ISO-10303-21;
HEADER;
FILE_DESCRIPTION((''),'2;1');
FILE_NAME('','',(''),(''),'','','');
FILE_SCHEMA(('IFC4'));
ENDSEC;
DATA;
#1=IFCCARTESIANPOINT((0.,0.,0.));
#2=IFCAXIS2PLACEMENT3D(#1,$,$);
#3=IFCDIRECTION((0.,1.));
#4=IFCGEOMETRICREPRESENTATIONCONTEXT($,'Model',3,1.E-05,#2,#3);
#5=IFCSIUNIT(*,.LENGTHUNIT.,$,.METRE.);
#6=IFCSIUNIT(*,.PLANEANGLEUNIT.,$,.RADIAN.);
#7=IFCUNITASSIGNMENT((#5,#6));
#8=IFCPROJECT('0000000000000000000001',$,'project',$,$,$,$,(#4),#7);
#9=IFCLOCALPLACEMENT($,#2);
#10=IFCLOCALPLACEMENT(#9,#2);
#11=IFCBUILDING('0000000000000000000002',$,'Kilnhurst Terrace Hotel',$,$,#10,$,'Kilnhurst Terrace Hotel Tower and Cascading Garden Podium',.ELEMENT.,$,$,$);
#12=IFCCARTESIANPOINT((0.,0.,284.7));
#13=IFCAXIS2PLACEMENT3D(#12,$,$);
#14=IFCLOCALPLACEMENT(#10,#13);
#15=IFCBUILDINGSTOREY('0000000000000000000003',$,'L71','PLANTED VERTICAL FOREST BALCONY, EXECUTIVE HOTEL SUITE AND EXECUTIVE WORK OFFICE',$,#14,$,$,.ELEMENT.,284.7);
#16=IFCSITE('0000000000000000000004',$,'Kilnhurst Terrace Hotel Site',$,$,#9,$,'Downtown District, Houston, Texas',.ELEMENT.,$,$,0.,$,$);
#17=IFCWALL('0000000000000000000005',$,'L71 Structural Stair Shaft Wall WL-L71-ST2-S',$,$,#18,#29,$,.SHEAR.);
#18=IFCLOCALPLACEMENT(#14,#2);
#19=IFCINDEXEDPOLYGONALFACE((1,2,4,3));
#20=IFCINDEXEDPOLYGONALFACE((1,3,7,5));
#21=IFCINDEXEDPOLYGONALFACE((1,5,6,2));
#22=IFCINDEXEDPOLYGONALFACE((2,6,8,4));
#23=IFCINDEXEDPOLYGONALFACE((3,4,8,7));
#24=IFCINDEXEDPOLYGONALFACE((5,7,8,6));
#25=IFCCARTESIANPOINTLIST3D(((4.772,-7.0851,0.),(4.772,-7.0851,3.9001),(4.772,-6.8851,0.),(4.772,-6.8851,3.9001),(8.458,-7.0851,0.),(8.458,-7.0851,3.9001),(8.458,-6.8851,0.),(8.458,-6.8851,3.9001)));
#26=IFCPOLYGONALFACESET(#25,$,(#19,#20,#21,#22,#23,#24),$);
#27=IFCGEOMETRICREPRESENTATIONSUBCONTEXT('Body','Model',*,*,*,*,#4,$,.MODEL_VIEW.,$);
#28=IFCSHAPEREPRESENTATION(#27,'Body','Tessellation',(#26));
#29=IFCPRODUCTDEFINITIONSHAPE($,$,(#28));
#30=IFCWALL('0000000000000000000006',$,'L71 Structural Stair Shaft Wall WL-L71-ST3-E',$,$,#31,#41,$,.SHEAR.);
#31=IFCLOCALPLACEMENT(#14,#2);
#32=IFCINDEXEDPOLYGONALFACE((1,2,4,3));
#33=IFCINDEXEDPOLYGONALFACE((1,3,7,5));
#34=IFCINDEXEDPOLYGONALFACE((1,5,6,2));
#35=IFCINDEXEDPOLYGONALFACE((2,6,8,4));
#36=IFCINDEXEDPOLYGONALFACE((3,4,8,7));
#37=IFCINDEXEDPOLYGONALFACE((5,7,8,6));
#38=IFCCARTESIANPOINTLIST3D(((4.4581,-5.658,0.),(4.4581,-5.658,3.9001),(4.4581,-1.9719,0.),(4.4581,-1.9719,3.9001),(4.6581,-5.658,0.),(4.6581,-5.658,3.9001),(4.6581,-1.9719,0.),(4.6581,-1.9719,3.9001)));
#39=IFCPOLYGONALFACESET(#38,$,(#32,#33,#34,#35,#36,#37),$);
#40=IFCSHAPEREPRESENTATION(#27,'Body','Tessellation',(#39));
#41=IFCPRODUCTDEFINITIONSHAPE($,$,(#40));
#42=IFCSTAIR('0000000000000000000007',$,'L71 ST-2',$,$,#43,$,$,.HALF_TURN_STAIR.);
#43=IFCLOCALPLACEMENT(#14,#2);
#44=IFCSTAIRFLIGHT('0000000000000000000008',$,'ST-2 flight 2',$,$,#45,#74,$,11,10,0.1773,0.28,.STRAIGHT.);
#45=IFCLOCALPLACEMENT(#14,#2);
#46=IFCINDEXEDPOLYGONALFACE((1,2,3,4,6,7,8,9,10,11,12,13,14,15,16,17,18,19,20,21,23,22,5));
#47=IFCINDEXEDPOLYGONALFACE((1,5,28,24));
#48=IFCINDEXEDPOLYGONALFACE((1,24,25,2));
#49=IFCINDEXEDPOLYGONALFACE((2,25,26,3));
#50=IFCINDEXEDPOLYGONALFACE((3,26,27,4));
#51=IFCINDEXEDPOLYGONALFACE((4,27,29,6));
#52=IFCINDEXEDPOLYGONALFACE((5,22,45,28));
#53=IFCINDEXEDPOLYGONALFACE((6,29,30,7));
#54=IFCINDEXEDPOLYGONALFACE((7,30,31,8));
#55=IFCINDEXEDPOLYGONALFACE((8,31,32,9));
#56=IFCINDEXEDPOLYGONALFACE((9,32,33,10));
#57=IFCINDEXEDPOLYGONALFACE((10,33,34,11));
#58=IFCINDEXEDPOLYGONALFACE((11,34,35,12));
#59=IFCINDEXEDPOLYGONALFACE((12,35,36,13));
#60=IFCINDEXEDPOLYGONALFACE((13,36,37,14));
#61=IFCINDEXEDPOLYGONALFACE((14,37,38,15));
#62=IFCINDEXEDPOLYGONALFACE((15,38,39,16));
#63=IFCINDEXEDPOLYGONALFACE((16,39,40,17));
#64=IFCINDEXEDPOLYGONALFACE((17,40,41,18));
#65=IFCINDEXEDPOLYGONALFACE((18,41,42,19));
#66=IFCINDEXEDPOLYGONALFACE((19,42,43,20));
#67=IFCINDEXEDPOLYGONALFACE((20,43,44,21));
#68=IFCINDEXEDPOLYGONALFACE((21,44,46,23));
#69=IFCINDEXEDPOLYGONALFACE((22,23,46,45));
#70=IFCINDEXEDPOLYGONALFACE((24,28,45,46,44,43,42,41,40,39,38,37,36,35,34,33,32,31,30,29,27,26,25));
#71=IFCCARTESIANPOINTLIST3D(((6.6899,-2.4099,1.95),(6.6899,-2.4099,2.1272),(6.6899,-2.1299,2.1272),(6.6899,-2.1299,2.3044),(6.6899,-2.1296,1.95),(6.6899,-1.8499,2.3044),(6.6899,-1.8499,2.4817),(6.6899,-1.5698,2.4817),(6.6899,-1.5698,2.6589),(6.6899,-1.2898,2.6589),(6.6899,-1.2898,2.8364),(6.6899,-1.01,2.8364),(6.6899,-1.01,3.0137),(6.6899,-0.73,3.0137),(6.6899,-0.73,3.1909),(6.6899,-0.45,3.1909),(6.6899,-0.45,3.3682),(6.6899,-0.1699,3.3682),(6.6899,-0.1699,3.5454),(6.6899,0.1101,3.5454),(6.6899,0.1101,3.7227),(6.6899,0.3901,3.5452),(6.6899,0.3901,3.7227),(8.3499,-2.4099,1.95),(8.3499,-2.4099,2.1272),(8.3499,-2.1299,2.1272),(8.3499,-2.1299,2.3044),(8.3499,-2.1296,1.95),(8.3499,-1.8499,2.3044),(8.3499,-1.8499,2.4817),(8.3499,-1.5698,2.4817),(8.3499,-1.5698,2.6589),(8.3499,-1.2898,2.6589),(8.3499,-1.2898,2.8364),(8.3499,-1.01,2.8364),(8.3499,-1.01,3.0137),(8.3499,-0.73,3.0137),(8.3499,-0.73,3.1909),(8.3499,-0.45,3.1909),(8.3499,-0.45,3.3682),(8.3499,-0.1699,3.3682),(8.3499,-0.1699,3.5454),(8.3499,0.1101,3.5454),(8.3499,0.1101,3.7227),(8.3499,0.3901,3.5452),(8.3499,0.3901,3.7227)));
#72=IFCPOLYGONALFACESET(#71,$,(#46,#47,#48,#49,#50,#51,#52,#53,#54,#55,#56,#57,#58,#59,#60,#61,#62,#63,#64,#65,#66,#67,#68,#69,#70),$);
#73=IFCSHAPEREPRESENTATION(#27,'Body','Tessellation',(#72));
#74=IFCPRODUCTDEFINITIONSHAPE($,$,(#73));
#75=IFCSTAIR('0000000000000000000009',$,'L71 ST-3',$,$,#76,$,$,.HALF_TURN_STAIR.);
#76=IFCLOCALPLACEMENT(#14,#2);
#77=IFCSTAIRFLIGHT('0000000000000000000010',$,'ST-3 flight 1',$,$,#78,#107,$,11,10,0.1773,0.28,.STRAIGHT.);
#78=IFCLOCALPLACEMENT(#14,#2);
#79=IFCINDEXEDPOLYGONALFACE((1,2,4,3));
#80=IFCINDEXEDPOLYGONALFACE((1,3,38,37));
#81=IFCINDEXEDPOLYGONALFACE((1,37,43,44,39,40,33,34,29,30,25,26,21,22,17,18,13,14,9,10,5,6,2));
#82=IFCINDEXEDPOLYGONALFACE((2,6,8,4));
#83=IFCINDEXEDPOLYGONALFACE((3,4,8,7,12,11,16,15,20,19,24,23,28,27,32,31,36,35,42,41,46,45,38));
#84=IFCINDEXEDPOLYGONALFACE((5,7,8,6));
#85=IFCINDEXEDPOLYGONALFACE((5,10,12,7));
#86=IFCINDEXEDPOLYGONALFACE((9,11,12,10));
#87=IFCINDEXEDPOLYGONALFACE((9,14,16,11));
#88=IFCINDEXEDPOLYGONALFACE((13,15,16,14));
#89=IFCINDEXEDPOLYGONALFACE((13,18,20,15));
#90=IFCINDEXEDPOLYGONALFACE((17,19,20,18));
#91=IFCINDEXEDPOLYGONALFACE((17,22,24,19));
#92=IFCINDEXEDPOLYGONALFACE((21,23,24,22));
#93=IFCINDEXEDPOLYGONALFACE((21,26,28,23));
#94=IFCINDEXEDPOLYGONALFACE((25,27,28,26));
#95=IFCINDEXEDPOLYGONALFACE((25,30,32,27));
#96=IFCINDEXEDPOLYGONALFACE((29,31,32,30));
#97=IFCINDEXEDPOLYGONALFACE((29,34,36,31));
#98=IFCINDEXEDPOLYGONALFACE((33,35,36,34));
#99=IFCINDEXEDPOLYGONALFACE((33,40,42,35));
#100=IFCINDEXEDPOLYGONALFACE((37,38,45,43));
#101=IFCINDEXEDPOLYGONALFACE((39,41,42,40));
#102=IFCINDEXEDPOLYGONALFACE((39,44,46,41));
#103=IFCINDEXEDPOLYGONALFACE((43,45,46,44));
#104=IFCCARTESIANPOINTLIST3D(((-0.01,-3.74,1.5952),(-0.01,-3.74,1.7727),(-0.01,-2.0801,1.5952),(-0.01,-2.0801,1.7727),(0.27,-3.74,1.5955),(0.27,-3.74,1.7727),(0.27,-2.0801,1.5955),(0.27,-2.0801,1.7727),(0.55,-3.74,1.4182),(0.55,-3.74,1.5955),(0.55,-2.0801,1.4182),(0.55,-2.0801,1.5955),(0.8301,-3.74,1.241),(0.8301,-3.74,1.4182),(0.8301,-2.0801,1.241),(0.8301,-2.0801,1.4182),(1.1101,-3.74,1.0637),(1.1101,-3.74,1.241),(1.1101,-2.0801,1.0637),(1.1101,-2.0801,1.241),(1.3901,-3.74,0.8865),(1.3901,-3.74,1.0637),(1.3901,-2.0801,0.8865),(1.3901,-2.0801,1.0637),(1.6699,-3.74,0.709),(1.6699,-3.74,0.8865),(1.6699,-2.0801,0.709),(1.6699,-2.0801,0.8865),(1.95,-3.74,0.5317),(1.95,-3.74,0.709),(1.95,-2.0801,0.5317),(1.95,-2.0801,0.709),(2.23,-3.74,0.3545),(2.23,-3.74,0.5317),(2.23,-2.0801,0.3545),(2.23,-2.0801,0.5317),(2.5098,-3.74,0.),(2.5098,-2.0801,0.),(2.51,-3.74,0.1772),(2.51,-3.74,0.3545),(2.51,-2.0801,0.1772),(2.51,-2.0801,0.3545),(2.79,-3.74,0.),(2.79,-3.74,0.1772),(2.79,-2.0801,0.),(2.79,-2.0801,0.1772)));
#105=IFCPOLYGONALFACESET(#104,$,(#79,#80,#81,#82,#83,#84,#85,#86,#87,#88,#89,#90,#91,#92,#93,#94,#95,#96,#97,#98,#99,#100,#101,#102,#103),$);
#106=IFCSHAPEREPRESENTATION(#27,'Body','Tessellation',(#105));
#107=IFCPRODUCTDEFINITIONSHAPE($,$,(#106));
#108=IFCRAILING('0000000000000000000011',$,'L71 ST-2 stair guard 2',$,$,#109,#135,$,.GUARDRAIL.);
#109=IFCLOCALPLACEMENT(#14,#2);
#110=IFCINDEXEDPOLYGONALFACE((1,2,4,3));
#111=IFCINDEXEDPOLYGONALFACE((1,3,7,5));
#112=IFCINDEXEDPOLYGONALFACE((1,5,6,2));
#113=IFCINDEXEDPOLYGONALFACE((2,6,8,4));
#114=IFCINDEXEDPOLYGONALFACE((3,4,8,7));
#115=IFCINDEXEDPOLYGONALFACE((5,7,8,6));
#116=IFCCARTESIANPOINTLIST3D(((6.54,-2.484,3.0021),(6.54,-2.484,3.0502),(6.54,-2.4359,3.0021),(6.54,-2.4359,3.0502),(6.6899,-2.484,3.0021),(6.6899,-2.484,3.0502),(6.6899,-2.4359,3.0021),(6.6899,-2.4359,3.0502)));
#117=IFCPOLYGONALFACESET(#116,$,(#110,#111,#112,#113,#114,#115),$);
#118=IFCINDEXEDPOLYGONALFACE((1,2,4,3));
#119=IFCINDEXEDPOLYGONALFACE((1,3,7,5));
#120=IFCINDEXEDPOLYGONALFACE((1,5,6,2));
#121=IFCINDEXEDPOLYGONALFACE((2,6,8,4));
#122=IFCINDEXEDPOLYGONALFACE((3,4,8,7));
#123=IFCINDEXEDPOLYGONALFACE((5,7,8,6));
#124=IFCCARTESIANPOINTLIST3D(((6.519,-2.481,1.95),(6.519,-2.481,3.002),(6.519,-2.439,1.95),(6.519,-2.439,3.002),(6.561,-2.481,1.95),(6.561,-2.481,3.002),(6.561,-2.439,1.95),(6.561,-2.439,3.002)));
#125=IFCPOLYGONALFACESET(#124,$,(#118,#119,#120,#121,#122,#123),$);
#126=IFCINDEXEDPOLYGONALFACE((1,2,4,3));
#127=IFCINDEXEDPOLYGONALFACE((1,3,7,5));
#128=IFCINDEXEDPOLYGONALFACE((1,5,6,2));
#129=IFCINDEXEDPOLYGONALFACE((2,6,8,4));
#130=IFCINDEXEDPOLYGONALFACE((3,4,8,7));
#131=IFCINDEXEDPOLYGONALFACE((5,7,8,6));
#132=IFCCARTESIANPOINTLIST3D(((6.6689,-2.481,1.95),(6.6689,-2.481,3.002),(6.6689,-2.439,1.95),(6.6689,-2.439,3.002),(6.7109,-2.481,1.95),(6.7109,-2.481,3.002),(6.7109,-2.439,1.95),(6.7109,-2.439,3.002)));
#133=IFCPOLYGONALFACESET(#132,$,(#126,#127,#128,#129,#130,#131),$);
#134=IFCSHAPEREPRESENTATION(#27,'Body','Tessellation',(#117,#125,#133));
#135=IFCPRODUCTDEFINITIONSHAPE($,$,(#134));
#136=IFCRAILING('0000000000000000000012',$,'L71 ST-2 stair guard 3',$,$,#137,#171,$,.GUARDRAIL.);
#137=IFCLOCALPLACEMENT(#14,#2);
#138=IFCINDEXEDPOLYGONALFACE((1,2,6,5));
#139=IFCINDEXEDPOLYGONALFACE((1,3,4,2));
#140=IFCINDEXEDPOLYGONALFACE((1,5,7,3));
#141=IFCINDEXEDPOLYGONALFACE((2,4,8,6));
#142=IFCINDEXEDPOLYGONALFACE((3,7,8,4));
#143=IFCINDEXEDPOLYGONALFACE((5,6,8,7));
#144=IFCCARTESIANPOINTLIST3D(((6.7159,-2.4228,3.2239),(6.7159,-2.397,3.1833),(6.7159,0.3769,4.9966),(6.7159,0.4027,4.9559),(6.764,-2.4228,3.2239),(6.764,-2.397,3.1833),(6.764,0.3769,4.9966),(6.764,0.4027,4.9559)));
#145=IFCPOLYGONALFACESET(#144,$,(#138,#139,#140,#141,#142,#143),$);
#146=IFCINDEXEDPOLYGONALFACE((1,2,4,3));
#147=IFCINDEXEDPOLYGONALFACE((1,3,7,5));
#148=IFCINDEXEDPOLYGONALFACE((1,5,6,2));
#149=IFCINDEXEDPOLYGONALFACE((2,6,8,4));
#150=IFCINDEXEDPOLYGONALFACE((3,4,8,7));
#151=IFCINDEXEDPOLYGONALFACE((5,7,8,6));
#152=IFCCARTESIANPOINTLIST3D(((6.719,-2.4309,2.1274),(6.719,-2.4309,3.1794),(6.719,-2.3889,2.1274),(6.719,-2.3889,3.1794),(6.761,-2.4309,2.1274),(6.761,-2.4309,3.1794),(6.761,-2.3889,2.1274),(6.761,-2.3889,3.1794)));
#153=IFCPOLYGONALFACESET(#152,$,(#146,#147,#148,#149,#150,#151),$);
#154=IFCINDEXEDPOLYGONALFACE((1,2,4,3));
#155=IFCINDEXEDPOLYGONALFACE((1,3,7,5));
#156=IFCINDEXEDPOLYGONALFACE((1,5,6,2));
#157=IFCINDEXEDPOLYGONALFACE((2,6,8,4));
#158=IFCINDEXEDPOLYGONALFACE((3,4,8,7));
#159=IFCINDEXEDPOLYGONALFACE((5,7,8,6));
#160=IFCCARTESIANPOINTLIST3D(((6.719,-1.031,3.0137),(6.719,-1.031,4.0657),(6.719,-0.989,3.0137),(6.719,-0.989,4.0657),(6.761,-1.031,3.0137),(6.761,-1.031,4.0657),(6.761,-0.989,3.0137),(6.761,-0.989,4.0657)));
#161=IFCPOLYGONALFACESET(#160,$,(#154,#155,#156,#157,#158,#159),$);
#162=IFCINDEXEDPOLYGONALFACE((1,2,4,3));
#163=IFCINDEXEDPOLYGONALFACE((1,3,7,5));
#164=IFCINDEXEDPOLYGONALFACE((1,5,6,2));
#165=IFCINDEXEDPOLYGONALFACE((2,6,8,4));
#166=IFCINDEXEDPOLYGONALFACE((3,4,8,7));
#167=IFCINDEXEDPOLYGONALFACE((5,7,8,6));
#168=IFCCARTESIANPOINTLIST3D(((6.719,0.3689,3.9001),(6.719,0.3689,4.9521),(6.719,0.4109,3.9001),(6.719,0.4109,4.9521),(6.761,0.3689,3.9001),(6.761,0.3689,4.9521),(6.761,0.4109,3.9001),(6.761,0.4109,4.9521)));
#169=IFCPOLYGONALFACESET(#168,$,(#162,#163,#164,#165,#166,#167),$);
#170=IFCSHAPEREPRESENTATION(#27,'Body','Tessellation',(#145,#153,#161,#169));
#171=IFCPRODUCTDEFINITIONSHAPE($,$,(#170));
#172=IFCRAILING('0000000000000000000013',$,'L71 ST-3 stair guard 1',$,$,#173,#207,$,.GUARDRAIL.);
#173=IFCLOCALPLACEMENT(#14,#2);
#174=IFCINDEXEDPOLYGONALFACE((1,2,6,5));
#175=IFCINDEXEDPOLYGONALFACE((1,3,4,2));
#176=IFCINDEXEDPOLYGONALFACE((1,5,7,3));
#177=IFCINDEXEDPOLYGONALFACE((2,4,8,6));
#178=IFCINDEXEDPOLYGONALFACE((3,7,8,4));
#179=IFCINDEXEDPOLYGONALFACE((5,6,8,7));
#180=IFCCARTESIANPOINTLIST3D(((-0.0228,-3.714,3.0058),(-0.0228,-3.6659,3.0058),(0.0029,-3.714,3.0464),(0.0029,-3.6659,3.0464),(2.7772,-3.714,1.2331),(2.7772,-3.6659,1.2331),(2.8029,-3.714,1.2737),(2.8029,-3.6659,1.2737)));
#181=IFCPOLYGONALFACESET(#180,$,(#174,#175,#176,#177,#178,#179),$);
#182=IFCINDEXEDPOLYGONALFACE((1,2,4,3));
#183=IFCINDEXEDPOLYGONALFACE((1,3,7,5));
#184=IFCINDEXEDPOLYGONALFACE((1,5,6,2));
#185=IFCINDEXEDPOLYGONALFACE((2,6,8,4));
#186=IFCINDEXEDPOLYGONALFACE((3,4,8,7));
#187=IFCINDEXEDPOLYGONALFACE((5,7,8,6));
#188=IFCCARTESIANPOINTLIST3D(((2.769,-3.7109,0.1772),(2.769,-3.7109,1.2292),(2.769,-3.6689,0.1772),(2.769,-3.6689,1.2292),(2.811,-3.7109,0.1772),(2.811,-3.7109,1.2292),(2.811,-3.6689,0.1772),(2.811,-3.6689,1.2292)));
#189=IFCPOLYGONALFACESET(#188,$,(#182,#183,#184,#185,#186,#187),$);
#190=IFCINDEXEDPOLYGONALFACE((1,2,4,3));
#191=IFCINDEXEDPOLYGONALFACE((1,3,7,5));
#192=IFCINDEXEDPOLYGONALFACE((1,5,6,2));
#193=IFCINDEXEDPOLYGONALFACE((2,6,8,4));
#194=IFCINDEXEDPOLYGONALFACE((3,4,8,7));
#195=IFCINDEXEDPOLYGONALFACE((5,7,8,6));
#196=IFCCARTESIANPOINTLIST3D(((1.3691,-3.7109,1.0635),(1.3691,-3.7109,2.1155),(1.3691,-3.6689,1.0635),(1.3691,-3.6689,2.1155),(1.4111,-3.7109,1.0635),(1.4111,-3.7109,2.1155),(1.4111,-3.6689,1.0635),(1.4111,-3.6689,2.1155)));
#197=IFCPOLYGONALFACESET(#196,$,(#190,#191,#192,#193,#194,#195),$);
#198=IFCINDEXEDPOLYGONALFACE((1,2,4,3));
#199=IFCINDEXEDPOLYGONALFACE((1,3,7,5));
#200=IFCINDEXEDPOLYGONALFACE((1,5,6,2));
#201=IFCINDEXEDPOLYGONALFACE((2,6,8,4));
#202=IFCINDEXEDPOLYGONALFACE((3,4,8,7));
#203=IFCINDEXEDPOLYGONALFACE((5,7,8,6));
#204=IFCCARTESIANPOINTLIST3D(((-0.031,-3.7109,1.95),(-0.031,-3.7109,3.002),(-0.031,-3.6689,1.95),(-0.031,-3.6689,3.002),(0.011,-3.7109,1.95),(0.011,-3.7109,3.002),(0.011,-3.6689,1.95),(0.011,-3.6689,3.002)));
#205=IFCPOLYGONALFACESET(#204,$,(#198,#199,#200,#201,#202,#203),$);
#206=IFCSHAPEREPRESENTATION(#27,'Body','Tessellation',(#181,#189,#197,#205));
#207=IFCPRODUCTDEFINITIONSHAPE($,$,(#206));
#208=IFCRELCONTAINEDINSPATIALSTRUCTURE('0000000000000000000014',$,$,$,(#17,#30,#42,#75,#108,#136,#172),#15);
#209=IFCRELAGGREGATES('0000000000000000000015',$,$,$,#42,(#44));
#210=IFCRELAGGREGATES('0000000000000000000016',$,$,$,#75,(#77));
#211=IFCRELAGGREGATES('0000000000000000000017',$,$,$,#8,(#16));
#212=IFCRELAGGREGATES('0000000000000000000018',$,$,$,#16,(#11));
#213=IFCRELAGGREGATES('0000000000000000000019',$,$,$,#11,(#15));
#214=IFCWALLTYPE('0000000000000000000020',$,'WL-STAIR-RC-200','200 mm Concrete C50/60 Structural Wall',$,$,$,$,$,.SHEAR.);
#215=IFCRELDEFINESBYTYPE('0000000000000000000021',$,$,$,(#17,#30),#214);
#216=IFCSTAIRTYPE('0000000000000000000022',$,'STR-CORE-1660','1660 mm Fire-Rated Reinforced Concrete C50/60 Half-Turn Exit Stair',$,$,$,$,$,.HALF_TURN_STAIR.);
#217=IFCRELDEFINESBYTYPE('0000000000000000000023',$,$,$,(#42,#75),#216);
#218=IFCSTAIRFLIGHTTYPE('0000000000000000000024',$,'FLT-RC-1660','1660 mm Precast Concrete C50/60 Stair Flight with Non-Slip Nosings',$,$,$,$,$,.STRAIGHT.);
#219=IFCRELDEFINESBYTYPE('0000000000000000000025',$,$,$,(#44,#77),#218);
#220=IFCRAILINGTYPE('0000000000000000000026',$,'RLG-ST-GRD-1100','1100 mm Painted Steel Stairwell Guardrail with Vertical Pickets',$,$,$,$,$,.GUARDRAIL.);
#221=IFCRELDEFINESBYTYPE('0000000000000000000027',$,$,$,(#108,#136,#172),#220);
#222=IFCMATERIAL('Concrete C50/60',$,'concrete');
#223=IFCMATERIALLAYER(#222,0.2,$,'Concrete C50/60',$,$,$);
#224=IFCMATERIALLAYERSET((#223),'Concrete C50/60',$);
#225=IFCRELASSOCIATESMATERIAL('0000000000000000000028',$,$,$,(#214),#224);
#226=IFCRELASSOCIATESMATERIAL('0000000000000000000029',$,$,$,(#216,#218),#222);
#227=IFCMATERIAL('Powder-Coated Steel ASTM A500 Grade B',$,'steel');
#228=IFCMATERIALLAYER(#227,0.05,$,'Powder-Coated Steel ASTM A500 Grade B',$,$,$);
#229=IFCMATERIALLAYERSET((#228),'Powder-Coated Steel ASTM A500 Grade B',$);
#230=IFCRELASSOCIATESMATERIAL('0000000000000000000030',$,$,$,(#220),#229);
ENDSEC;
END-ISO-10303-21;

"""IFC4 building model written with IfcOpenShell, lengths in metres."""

from ifc_helpers import new_model, si_unit, direction, frame, frame_2d, origin, origin_2d, place, context, subcontext, project, spatial, polyline, rectangle, outline, extrude, material, layer, layer_set, type_object, element, aggregate, save


model = new_model("IFC4")

# Units and contexts
model_context = context("Model", 3, precision=1e-05, world=origin(), true_north=direction((0.0, 1.0)))
body_context = subcontext(model_context, "Body", "Model", "MODEL_VIEW")
ifc_project = project(units=[si_unit("LENGTHUNIT", "METRE"), si_unit("PLANEANGLEUNIT", "RADIAN")], contexts=[model_context])

# Site, building, storey
site_placement = place(None, origin())
site = spatial("IfcSite", under=ifc_project, at=site_placement, Name="Kilnhurst Terrace Hotel Site", LongName="Downtown District, Houston, Texas", CompositionType="ELEMENT", RefElevation=0.0)
building_placement = place(site_placement, origin())
building = spatial("IfcBuilding", under=site, at=building_placement, Name="Kilnhurst Terrace Hotel", LongName="Kilnhurst Terrace Hotel Tower and Cascading Garden Podium", CompositionType="ELEMENT")
storey_placement = place(building_placement, frame((0.0, 0.0, 284.7)))
storey = spatial("IfcBuildingStorey", under=building, at=storey_placement, Name="L71", Description="PLANTED VERTICAL FOREST BALCONY, EXECUTIVE HOTEL SUITE AND EXECUTIVE WORK OFFICE", CompositionType="ELEMENT", Elevation=284.7)

# Shared definitions
ifc_material_1 = material(Name="Concrete C50/60", Category="concrete")

# Walls
ifc_layer_1 = layer(ifc_material_1, 0.2, Name="Concrete C50/60")
ifc_layer_set_1 = layer_set([ifc_layer_1], Name="Concrete C50/60")
wall_type_1 = type_object("IfcWallType", Name="WL-STAIR-RC-200", Description="200 mm Concrete C50/60 Structural Wall", PredefinedType="SHEAR", material=ifc_layer_set_1)
for number, where, z_axis, x_axis, name in (
    (1, (4.772, -6.9851, 0.0), (0.0, 0.0, 1.0), (1.0, 0.0, 0.0), "L71 Structural Stair Shaft Wall WL-L71-ST2-S"),
    (2, (4.5581, -5.658, 0.0), (0.0, 0.0, 1.0), (0.0, 1.0, 0.0), "L71 Structural Stair Shaft Wall WL-L71-ST3-E"),
):
    element("IfcWall", number, at=place(storey_placement, frame(where, z_axis=z_axis, x_axis=x_axis)), inside=storey, type_object=wall_type_1, Name=name, PredefinedType="SHEAR", context=body_context, shape_type="SweptSolid", body=[
        extrude(rectangle(XDim=3.686, YDim=0.2, at=frame_2d((1.843, 0.0))), origin(), (0.0, 0.0, 1.0), 3.9001),
    ])

# Stairs, stair flights
stair_type = type_object("IfcStairType", Name="STR-CORE-1660", Description="1660 mm Fire-Rated Reinforced Concrete C50/60 Half-Turn Exit Stair", PredefinedType="HALF_TURN_STAIR", material=ifc_material_1)
stair_1_placement = place(storey_placement, origin())
stair_1 = element("IfcStair", 3, at=stair_1_placement, inside=storey, type_object=stair_type, Name="L71 ST-2", PredefinedType="HALF_TURN_STAIR")
stair_flight_type = type_object("IfcStairFlightType", Name="FLT-RC-1660", Description="1660 mm Precast Concrete C50/60 Stair Flight with Non-Slip Nosings", PredefinedType="STRAIGHT", material=ifc_material_1)
stair_flight_1_placement = place(storey_placement, frame((7.52, -2.4099, 1.95), z_axis=(0.0, 0.0, 1.0), x_axis=(0.0, 1.0, 0.0)))
stair_flight_1 = element("IfcStairFlight", 4, at=stair_flight_1_placement, type_object=stair_flight_type, Name="ST-2 flight 2", NumberOfRisers=11, NumberOfTreads=10, PredefinedType="STRAIGHT", RiserHeight=0.1773, TreadLength=0.28, context=body_context, shape_type="SweptSolid", body=[
    extrude(outline(polyline([(0.0, 0.0), (0.0, 0.1772), (0.28, 0.1772), (0.28, 0.3545), (0.5601, 0.3545), (0.5601, 0.5317), (0.8401, 0.5317), (0.8401, 0.709), (1.1201, 0.709), (1.1201, 0.8865), (1.3999, 0.8865), (1.3999, 1.0637), (1.6799, 1.0637), (1.6799, 1.241), (1.96, 1.241), (1.96, 1.4182), (2.24, 1.4182), (2.24, 1.5955), (2.52, 1.5955), (2.52, 1.7727), (2.8, 1.7727), (2.8, 1.95), (2.8, 1.5952), (0.2803, 0.0), (0.0, 0.0)])), frame((0.0, 0.8301, 0.0), z_axis=(0.0, -1.0, 0.0), x_axis=(1.0, 0.0, 0.0)), (0.0, 0.0, 1.0), 1.6599),
])
aggregate(stair_1, [stair_flight_1])
stair_2_placement = place(storey_placement, origin())
stair_2 = element("IfcStair", 5, at=stair_2_placement, inside=storey, type_object=stair_type, Name="L71 ST-3", PredefinedType="HALF_TURN_STAIR")
stair_flight_2_placement = place(storey_placement, frame((2.79, -2.9099, 0.0), z_axis=(0.0, 0.0, 1.0), x_axis=(-1.0, 0.0, 0.0)))
stair_flight_2 = element("IfcStairFlight", 6, at=stair_flight_2_placement, type_object=stair_flight_type, Name="ST-3 flight 1", NumberOfRisers=11, NumberOfTreads=10, PredefinedType="STRAIGHT", RiserHeight=0.1773, TreadLength=0.28, context=body_context, shape_type="SweptSolid", body=[
    extrude(outline(polyline([(0.0, 0.0), (0.0, 0.1772), (0.28, 0.1772), (0.28, 0.3545), (0.5601, 0.3545), (0.5601, 0.5317), (0.8401, 0.5317), (0.8401, 0.709), (1.1201, 0.709), (1.1201, 0.8865), (1.3999, 0.8865), (1.3999, 1.0637), (1.6799, 1.0637), (1.6799, 1.241), (1.96, 1.241), (1.96, 1.4182), (2.24, 1.4182), (2.24, 1.5955), (2.52, 1.5955), (2.52, 1.7727), (2.8, 1.7727), (2.8, 1.95), (2.8, 1.5952), (0.2803, 0.0), (0.0, 0.0)])), frame((0.0, 0.8301, 0.0), z_axis=(0.0, -1.0, 0.0), x_axis=(1.0, 0.0, 0.0)), (0.0, 0.0, 1.0), 1.6599),
])
aggregate(stair_2, [stair_flight_2])

# Railings
ifc_material_2 = material(Name="Powder-Coated Steel ASTM A500 Grade B", Category="steel")
ifc_layer_2 = layer(ifc_material_2, 0.05, Name="Powder-Coated Steel ASTM A500 Grade B")
ifc_layer_set_2 = layer_set([ifc_layer_2], Name="Powder-Coated Steel ASTM A500 Grade B")
railing_type_1 = type_object("IfcRailingType", Name="RLG-ST-GRD-1100", Description="1100 mm Painted Steel Stairwell Guardrail with Vertical Pickets", PredefinedType="GUARDRAIL", material=ifc_layer_set_2)
railing_1_placement = place(storey_placement, frame((6.54, -2.46, 1.95)))
element("IfcRailing", 7, at=railing_1_placement, inside=storey, type_object=railing_type_1, Name="L71 ST-2 stair guard 2", PredefinedType="GUARDRAIL", context=body_context, shape_type="SweptSolid", body=[
    extrude(rectangle(XDim=0.0481, YDim=0.0481, at=origin_2d()), frame((0.0, 0.0, 1.0762), z_axis=(1.0, 0.0, 0.0), x_axis=(0.0, 1.0, 0.0)), (0.0, 0.0, 1.0), 0.1499),
    extrude(rectangle(XDim=0.042, YDim=0.042, at=origin_2d()), origin(), (0.0, 0.0, 1.0), 1.052),
    extrude(rectangle(XDim=0.042, YDim=0.042, at=origin_2d()), frame((0.1499, 0.0, 0.0)), (0.0, 0.0, 1.0), 1.052),
])
railing_2_placement = place(storey_placement, frame((6.74, -2.4099, 2.1274)))
element("IfcRailing", 8, at=railing_2_placement, inside=storey, type_object=railing_type_1, Name="L71 ST-2 stair guard 3", PredefinedType="GUARDRAIL", context=body_context, shape_type="SweptSolid", body=[
    extrude(rectangle(XDim=0.0481, YDim=0.0481, at=origin_2d()), frame((0.0, 0.0, 1.0762), z_axis=(0.0, 0.844888, 0.534943), x_axis=(-1.0, 0.0, 0.0)), (0.0, 0.0, 1.0), 3.3137),
    extrude(rectangle(XDim=0.042, YDim=0.042, at=origin_2d()), origin(), (0.0, 0.0, 1.0), 1.052),
    extrude(rectangle(XDim=0.042, YDim=0.042, at=origin_2d()), frame((0.0, 1.3999, 0.8862)), (0.0, 0.0, 1.0), 1.052),
    extrude(rectangle(XDim=0.042, YDim=0.042, at=origin_2d()), frame((0.0, 2.7998, 1.7727)), (0.0, 0.0, 1.0), 1.052),
])
railing_3_placement = place(storey_placement, frame((2.79, -3.6899, 0.1772)))
element("IfcRailing", 9, at=railing_3_placement, inside=storey, type_object=railing_type_1, Name="L71 ST-3 stair guard 1", PredefinedType="GUARDRAIL", context=body_context, shape_type="SweptSolid", body=[
    extrude(rectangle(XDim=0.0481, YDim=0.0481, at=origin_2d()), frame((0.0, 0.0, 1.0762), z_axis=(-0.844909, 0.0, 0.53491), x_axis=(0.0, -1.0, 0.0)), (0.0, 0.0, 1.0), 3.314),
    extrude(rectangle(XDim=0.042, YDim=0.042, at=origin_2d()), origin(), (0.0, 0.0, 1.0), 1.052),
    extrude(rectangle(XDim=0.042, YDim=0.042, at=origin_2d()), frame((-1.3999, 0.0, 0.8862)), (0.0, 0.0, 1.0), 1.052),
    extrude(rectangle(XDim=0.042, YDim=0.042, at=origin_2d()), frame((-2.8, 0.0, 1.7727)), (0.0, 0.0, 1.0), 1.052),
])

save(model, "model.ifc")
